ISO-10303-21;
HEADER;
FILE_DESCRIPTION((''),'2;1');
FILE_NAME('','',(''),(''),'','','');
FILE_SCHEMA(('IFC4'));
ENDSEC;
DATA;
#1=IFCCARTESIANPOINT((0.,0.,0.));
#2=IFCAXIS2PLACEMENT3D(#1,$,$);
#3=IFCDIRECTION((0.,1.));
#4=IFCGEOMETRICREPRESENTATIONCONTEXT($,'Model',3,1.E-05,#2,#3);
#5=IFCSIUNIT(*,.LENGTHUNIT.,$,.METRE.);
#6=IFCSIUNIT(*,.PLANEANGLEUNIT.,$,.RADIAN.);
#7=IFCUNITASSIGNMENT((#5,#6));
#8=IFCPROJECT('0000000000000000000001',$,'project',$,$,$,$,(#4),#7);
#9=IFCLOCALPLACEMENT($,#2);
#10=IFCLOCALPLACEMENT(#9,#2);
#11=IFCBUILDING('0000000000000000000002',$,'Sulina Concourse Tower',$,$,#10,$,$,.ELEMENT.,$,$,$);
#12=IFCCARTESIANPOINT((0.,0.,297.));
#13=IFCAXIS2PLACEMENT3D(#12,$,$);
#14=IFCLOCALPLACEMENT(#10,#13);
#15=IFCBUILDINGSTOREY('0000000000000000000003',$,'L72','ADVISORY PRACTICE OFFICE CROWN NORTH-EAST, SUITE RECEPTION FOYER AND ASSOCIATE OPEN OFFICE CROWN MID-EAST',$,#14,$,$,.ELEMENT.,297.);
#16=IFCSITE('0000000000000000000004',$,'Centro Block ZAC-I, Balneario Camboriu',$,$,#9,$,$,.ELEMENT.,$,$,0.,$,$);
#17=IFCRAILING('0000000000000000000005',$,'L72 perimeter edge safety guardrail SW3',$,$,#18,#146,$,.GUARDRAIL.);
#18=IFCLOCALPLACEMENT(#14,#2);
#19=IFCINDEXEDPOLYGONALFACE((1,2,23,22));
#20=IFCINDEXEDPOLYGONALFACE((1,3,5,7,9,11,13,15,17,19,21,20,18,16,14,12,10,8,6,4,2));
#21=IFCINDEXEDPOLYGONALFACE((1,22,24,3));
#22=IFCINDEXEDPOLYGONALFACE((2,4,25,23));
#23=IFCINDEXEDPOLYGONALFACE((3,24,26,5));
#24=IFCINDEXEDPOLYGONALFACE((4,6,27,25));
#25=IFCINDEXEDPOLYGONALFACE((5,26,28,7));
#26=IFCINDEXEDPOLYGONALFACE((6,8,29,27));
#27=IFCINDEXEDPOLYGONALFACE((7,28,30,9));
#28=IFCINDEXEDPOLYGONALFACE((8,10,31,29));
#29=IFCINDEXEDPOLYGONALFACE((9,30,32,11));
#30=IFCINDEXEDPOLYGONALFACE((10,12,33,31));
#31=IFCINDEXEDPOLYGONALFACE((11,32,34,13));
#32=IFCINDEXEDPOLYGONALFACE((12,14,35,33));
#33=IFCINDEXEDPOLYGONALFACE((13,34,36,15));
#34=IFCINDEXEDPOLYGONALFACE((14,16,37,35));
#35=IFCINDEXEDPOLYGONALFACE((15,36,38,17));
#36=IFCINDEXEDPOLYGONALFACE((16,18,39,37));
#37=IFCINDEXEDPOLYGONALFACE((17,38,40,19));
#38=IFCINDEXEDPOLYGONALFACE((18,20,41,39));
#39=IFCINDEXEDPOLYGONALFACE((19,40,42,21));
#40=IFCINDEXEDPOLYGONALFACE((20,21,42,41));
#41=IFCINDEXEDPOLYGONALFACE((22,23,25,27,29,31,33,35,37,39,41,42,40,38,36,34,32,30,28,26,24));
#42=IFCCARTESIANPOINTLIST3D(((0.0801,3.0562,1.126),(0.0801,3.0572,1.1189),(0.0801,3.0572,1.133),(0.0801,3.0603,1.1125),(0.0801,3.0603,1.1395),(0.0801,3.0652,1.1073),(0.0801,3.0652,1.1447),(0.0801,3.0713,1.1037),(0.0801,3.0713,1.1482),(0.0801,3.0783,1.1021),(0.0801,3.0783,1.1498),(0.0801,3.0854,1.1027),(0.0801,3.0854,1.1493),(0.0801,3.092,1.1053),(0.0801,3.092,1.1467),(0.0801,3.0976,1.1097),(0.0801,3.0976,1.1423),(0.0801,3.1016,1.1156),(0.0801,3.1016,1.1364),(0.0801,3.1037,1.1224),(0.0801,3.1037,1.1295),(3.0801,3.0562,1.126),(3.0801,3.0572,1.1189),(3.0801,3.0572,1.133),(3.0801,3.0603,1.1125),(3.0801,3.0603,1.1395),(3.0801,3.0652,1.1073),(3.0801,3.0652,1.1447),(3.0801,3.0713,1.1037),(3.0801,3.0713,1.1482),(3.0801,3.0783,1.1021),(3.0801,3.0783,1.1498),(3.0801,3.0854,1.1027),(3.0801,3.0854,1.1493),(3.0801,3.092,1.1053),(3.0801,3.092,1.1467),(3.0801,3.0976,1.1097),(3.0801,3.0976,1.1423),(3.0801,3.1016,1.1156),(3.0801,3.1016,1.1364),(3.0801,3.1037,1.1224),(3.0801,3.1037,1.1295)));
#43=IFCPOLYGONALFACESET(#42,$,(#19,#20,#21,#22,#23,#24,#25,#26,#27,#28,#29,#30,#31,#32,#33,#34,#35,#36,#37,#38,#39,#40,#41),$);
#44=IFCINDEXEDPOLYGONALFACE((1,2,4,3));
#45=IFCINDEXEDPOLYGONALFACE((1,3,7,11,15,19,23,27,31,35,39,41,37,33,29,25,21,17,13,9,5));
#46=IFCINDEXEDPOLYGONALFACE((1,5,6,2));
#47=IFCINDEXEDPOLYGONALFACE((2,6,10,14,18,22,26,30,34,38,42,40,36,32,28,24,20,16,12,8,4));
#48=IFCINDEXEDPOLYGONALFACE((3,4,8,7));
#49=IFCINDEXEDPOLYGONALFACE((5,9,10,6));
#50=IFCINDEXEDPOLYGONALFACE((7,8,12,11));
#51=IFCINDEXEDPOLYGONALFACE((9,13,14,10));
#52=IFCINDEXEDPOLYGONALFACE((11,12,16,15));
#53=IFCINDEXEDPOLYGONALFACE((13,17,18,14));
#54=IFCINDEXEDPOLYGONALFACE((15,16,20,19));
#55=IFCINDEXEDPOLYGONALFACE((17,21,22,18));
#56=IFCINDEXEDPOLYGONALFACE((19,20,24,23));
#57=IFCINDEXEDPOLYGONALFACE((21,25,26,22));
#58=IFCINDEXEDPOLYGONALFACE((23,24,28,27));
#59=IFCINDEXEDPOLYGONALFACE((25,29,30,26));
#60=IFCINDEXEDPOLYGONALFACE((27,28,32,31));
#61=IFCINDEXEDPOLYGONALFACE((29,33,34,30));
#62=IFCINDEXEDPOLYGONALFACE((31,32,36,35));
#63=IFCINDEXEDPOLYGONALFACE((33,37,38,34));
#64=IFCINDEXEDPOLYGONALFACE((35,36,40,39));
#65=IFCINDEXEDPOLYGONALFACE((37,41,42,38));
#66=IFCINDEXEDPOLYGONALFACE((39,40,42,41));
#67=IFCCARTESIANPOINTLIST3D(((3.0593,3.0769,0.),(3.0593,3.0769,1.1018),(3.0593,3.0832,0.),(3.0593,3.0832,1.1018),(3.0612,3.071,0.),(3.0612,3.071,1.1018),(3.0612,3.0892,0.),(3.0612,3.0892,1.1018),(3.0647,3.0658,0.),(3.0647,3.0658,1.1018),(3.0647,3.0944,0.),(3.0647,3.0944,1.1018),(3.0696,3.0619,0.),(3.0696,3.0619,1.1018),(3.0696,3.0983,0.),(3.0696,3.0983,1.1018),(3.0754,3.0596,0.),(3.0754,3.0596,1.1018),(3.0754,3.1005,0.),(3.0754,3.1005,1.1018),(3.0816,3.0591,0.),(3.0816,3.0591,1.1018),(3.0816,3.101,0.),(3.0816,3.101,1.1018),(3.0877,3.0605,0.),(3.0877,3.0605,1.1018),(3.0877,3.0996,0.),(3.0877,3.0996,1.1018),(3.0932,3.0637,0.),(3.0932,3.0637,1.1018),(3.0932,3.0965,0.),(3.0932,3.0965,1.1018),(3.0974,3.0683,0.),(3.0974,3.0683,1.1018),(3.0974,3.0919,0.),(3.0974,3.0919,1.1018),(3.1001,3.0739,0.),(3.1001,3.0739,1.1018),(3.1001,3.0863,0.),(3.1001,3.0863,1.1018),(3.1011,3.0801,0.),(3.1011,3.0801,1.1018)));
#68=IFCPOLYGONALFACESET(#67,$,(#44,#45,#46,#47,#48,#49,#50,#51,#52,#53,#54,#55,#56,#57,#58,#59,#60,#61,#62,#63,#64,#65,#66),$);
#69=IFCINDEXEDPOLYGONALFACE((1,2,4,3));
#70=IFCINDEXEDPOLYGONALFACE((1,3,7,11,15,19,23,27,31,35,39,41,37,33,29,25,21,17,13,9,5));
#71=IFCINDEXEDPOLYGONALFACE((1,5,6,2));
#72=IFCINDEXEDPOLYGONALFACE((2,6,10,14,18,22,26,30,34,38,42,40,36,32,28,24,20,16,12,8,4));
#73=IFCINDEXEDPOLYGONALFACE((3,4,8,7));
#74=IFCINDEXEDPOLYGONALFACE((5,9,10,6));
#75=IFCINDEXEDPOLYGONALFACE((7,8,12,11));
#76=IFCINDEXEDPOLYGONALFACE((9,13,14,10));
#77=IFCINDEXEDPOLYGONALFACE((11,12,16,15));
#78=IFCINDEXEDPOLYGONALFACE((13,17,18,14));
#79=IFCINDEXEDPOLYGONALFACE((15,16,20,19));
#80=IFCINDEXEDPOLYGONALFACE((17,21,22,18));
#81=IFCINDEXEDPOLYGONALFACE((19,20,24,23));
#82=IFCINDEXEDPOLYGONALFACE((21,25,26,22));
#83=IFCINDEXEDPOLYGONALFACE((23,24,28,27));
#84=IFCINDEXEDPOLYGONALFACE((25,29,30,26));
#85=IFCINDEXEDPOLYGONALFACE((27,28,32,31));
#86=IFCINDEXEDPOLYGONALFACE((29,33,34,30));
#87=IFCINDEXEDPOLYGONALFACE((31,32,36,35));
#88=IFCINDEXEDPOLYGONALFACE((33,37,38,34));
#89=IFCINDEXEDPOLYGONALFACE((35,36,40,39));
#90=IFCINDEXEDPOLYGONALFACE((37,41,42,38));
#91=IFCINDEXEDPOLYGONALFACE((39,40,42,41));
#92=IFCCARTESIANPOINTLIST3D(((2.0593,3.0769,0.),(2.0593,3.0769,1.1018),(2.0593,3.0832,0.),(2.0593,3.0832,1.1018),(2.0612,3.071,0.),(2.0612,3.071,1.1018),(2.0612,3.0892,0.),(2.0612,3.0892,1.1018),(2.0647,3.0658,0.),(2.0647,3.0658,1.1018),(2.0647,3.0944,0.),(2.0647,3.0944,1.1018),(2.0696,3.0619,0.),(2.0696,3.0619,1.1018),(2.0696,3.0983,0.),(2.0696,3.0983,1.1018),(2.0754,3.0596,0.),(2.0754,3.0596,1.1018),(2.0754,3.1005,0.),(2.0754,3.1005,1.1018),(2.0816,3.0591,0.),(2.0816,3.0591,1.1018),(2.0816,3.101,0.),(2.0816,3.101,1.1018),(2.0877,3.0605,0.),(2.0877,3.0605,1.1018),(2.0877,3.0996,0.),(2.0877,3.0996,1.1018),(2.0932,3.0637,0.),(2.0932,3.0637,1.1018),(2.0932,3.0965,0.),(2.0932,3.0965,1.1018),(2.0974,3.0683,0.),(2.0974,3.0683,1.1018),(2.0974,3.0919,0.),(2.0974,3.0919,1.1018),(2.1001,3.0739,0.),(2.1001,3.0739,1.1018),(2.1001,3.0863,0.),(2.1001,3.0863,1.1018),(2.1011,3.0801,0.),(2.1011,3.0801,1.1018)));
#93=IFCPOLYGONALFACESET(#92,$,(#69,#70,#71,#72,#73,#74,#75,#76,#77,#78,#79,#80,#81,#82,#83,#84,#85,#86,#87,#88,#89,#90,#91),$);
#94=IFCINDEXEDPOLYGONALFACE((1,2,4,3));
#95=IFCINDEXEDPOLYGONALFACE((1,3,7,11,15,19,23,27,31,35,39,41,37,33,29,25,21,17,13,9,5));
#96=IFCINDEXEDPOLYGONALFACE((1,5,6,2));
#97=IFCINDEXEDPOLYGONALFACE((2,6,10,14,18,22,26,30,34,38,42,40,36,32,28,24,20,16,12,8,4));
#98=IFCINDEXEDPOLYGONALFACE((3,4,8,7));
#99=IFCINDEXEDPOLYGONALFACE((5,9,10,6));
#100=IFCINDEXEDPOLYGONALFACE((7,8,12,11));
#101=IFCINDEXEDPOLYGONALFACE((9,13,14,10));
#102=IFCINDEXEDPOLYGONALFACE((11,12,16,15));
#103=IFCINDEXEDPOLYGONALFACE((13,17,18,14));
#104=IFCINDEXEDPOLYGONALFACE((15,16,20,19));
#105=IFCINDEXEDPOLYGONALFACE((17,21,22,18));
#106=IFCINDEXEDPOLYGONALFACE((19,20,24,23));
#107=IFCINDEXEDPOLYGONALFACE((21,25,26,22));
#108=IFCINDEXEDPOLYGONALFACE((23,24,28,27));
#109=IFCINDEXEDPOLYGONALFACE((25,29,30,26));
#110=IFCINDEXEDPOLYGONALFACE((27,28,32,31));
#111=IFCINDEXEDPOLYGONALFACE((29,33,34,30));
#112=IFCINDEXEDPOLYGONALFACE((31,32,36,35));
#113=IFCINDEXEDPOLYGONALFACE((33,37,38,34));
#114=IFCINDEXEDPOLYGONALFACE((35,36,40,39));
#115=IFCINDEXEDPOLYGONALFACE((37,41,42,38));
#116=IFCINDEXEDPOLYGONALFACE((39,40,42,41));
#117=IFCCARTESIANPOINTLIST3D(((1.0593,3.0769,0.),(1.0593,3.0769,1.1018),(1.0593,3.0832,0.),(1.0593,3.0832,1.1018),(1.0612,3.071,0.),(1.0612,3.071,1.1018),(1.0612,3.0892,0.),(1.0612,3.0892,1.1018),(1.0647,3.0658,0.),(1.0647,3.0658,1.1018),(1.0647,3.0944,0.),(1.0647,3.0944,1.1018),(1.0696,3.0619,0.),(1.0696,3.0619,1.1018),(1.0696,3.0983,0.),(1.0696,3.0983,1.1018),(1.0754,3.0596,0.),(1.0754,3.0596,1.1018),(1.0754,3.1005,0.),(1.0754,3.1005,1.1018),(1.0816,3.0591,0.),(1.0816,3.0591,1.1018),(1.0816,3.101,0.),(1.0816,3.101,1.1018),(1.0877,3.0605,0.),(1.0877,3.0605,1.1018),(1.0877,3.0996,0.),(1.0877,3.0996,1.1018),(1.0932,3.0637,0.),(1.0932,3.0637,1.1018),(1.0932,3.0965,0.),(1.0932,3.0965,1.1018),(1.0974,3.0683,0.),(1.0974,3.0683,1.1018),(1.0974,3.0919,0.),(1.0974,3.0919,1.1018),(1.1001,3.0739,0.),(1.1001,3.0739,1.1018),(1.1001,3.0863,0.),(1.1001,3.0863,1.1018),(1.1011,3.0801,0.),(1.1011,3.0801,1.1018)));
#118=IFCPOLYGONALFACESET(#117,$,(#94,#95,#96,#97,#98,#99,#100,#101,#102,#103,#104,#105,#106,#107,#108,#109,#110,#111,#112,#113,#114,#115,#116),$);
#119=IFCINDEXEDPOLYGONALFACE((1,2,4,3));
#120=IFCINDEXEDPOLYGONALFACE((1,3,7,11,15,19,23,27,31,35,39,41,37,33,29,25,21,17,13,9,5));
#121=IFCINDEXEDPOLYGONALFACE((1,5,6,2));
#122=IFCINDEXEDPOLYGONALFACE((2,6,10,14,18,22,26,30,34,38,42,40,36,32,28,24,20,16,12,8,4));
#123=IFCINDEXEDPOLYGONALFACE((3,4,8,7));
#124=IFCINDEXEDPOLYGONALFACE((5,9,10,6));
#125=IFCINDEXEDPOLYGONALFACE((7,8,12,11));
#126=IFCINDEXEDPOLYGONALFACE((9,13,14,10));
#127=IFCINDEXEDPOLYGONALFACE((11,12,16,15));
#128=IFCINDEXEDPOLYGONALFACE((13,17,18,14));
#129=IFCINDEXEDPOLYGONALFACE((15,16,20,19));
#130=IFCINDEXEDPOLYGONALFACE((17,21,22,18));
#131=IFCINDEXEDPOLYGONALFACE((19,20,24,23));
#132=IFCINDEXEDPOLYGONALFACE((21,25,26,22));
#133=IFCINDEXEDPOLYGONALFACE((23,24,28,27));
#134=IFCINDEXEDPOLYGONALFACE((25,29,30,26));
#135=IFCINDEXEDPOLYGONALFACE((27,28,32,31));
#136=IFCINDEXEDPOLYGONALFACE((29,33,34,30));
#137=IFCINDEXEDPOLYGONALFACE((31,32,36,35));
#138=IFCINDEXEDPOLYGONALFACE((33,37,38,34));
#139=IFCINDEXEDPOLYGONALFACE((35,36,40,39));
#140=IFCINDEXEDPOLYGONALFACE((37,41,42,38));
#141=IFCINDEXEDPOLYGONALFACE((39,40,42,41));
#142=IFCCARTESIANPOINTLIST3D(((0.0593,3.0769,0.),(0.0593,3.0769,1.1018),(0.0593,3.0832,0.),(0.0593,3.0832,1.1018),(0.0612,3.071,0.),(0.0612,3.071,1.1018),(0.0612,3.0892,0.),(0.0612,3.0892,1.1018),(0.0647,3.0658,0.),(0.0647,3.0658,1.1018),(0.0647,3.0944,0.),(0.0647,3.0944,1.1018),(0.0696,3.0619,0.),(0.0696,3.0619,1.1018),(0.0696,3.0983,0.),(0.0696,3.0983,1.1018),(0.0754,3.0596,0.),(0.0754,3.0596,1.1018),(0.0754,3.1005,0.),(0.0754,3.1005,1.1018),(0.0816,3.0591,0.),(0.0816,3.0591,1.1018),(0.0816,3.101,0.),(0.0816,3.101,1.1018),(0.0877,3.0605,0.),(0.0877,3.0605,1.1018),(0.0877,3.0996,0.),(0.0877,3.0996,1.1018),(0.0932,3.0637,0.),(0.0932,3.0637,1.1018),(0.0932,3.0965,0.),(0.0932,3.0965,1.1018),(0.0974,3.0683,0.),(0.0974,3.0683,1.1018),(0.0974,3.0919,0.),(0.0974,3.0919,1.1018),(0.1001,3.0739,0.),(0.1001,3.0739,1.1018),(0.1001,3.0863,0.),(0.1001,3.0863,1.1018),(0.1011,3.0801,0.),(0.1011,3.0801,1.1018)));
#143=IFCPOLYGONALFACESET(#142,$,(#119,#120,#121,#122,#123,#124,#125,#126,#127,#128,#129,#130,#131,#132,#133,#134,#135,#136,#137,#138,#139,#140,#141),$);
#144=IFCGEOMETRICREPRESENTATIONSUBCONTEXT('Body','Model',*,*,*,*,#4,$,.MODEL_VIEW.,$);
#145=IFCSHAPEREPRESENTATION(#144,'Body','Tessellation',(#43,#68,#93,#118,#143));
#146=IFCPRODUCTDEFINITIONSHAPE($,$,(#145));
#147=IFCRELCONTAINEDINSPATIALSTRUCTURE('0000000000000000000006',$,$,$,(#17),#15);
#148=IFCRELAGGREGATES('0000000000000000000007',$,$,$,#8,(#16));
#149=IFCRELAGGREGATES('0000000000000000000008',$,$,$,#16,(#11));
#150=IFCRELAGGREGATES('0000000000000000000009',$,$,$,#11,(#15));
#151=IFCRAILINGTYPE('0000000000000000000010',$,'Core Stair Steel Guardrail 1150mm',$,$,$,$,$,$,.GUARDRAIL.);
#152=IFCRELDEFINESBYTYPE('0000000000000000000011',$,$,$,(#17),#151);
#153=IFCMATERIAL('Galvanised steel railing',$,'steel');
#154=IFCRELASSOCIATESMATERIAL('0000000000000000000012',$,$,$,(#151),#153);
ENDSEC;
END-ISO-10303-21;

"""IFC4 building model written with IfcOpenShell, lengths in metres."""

from ifc_helpers import new_model, si_unit, direction, frame, origin, origin_2d, place, context, subcontext, project, spatial, circle, extrude, material, type_object, element, save


model = new_model("IFC4")

# Units and contexts
model_context = context("Model", 3, precision=1e-05, world=origin(), true_north=direction((0.0, 1.0)))
body_context = subcontext(model_context, "Body", "Model", "MODEL_VIEW")
ifc_project = project(units=[si_unit("LENGTHUNIT", "METRE"), si_unit("PLANEANGLEUNIT", "RADIAN")], contexts=[model_context])

# Site, building, storey
site_placement = place(None, origin())
site = spatial("IfcSite", under=ifc_project, at=site_placement, Name="Centro Block ZAC-I, Balneario Camboriu", CompositionType="ELEMENT", RefElevation=0.0)
building_placement = place(site_placement, origin())
building = spatial("IfcBuilding", under=site, at=building_placement, Name="Sulina Concourse Tower", CompositionType="ELEMENT")
storey_placement = place(building_placement, frame((0.0, 0.0, 297.0)))
storey = spatial("IfcBuildingStorey", under=building, at=storey_placement, Name="L72", Description="ADVISORY PRACTICE OFFICE CROWN NORTH-EAST, SUITE RECEPTION FOYER AND ASSOCIATE OPEN OFFICE CROWN MID-EAST", CompositionType="ELEMENT", Elevation=297.0)

# Railing
ifc_material_1 = material(Name="Galvanised steel railing", Category="steel")
railing_type = type_object("IfcRailingType", Name="Core Stair Steel Guardrail 1150mm", PredefinedType="GUARDRAIL", material=ifc_material_1)
railing_1_placement = place(storey_placement, frame((3.0801, 3.0801, 0.0)))
element("IfcRailing", 1, at=railing_1_placement, inside=storey, type_object=railing_type, Name="L72 perimeter edge safety guardrail SW3", PredefinedType="GUARDRAIL", context=body_context, shape_type="SweptSolid", body=[
    extrude(circle(Radius=0.0239, at=origin_2d()), frame((0.0, 0.0, 1.126), z_axis=(-1.0, 0.0, 0.0), x_axis=(0.0, -1.0, 0.0)), (0.0, 0.0, 1.0), 3.0),
    extrude(circle(Radius=0.021, at=origin_2d()), origin(), (0.0, 0.0, 1.0), 1.1018),
    extrude(circle(Radius=0.021, at=origin_2d()), frame((-1.0, 0.0, 0.0)), (0.0, 0.0, 1.0), 1.1018),
    extrude(circle(Radius=0.021, at=origin_2d()), frame((-2.0, 0.0, 0.0)), (0.0, 0.0, 1.0), 1.1018),
    extrude(circle(Radius=0.021, at=origin_2d()), frame((-3.0, 0.0, 0.0)), (0.0, 0.0, 1.0), 1.1018),
])

save(model, "model.ifc")
